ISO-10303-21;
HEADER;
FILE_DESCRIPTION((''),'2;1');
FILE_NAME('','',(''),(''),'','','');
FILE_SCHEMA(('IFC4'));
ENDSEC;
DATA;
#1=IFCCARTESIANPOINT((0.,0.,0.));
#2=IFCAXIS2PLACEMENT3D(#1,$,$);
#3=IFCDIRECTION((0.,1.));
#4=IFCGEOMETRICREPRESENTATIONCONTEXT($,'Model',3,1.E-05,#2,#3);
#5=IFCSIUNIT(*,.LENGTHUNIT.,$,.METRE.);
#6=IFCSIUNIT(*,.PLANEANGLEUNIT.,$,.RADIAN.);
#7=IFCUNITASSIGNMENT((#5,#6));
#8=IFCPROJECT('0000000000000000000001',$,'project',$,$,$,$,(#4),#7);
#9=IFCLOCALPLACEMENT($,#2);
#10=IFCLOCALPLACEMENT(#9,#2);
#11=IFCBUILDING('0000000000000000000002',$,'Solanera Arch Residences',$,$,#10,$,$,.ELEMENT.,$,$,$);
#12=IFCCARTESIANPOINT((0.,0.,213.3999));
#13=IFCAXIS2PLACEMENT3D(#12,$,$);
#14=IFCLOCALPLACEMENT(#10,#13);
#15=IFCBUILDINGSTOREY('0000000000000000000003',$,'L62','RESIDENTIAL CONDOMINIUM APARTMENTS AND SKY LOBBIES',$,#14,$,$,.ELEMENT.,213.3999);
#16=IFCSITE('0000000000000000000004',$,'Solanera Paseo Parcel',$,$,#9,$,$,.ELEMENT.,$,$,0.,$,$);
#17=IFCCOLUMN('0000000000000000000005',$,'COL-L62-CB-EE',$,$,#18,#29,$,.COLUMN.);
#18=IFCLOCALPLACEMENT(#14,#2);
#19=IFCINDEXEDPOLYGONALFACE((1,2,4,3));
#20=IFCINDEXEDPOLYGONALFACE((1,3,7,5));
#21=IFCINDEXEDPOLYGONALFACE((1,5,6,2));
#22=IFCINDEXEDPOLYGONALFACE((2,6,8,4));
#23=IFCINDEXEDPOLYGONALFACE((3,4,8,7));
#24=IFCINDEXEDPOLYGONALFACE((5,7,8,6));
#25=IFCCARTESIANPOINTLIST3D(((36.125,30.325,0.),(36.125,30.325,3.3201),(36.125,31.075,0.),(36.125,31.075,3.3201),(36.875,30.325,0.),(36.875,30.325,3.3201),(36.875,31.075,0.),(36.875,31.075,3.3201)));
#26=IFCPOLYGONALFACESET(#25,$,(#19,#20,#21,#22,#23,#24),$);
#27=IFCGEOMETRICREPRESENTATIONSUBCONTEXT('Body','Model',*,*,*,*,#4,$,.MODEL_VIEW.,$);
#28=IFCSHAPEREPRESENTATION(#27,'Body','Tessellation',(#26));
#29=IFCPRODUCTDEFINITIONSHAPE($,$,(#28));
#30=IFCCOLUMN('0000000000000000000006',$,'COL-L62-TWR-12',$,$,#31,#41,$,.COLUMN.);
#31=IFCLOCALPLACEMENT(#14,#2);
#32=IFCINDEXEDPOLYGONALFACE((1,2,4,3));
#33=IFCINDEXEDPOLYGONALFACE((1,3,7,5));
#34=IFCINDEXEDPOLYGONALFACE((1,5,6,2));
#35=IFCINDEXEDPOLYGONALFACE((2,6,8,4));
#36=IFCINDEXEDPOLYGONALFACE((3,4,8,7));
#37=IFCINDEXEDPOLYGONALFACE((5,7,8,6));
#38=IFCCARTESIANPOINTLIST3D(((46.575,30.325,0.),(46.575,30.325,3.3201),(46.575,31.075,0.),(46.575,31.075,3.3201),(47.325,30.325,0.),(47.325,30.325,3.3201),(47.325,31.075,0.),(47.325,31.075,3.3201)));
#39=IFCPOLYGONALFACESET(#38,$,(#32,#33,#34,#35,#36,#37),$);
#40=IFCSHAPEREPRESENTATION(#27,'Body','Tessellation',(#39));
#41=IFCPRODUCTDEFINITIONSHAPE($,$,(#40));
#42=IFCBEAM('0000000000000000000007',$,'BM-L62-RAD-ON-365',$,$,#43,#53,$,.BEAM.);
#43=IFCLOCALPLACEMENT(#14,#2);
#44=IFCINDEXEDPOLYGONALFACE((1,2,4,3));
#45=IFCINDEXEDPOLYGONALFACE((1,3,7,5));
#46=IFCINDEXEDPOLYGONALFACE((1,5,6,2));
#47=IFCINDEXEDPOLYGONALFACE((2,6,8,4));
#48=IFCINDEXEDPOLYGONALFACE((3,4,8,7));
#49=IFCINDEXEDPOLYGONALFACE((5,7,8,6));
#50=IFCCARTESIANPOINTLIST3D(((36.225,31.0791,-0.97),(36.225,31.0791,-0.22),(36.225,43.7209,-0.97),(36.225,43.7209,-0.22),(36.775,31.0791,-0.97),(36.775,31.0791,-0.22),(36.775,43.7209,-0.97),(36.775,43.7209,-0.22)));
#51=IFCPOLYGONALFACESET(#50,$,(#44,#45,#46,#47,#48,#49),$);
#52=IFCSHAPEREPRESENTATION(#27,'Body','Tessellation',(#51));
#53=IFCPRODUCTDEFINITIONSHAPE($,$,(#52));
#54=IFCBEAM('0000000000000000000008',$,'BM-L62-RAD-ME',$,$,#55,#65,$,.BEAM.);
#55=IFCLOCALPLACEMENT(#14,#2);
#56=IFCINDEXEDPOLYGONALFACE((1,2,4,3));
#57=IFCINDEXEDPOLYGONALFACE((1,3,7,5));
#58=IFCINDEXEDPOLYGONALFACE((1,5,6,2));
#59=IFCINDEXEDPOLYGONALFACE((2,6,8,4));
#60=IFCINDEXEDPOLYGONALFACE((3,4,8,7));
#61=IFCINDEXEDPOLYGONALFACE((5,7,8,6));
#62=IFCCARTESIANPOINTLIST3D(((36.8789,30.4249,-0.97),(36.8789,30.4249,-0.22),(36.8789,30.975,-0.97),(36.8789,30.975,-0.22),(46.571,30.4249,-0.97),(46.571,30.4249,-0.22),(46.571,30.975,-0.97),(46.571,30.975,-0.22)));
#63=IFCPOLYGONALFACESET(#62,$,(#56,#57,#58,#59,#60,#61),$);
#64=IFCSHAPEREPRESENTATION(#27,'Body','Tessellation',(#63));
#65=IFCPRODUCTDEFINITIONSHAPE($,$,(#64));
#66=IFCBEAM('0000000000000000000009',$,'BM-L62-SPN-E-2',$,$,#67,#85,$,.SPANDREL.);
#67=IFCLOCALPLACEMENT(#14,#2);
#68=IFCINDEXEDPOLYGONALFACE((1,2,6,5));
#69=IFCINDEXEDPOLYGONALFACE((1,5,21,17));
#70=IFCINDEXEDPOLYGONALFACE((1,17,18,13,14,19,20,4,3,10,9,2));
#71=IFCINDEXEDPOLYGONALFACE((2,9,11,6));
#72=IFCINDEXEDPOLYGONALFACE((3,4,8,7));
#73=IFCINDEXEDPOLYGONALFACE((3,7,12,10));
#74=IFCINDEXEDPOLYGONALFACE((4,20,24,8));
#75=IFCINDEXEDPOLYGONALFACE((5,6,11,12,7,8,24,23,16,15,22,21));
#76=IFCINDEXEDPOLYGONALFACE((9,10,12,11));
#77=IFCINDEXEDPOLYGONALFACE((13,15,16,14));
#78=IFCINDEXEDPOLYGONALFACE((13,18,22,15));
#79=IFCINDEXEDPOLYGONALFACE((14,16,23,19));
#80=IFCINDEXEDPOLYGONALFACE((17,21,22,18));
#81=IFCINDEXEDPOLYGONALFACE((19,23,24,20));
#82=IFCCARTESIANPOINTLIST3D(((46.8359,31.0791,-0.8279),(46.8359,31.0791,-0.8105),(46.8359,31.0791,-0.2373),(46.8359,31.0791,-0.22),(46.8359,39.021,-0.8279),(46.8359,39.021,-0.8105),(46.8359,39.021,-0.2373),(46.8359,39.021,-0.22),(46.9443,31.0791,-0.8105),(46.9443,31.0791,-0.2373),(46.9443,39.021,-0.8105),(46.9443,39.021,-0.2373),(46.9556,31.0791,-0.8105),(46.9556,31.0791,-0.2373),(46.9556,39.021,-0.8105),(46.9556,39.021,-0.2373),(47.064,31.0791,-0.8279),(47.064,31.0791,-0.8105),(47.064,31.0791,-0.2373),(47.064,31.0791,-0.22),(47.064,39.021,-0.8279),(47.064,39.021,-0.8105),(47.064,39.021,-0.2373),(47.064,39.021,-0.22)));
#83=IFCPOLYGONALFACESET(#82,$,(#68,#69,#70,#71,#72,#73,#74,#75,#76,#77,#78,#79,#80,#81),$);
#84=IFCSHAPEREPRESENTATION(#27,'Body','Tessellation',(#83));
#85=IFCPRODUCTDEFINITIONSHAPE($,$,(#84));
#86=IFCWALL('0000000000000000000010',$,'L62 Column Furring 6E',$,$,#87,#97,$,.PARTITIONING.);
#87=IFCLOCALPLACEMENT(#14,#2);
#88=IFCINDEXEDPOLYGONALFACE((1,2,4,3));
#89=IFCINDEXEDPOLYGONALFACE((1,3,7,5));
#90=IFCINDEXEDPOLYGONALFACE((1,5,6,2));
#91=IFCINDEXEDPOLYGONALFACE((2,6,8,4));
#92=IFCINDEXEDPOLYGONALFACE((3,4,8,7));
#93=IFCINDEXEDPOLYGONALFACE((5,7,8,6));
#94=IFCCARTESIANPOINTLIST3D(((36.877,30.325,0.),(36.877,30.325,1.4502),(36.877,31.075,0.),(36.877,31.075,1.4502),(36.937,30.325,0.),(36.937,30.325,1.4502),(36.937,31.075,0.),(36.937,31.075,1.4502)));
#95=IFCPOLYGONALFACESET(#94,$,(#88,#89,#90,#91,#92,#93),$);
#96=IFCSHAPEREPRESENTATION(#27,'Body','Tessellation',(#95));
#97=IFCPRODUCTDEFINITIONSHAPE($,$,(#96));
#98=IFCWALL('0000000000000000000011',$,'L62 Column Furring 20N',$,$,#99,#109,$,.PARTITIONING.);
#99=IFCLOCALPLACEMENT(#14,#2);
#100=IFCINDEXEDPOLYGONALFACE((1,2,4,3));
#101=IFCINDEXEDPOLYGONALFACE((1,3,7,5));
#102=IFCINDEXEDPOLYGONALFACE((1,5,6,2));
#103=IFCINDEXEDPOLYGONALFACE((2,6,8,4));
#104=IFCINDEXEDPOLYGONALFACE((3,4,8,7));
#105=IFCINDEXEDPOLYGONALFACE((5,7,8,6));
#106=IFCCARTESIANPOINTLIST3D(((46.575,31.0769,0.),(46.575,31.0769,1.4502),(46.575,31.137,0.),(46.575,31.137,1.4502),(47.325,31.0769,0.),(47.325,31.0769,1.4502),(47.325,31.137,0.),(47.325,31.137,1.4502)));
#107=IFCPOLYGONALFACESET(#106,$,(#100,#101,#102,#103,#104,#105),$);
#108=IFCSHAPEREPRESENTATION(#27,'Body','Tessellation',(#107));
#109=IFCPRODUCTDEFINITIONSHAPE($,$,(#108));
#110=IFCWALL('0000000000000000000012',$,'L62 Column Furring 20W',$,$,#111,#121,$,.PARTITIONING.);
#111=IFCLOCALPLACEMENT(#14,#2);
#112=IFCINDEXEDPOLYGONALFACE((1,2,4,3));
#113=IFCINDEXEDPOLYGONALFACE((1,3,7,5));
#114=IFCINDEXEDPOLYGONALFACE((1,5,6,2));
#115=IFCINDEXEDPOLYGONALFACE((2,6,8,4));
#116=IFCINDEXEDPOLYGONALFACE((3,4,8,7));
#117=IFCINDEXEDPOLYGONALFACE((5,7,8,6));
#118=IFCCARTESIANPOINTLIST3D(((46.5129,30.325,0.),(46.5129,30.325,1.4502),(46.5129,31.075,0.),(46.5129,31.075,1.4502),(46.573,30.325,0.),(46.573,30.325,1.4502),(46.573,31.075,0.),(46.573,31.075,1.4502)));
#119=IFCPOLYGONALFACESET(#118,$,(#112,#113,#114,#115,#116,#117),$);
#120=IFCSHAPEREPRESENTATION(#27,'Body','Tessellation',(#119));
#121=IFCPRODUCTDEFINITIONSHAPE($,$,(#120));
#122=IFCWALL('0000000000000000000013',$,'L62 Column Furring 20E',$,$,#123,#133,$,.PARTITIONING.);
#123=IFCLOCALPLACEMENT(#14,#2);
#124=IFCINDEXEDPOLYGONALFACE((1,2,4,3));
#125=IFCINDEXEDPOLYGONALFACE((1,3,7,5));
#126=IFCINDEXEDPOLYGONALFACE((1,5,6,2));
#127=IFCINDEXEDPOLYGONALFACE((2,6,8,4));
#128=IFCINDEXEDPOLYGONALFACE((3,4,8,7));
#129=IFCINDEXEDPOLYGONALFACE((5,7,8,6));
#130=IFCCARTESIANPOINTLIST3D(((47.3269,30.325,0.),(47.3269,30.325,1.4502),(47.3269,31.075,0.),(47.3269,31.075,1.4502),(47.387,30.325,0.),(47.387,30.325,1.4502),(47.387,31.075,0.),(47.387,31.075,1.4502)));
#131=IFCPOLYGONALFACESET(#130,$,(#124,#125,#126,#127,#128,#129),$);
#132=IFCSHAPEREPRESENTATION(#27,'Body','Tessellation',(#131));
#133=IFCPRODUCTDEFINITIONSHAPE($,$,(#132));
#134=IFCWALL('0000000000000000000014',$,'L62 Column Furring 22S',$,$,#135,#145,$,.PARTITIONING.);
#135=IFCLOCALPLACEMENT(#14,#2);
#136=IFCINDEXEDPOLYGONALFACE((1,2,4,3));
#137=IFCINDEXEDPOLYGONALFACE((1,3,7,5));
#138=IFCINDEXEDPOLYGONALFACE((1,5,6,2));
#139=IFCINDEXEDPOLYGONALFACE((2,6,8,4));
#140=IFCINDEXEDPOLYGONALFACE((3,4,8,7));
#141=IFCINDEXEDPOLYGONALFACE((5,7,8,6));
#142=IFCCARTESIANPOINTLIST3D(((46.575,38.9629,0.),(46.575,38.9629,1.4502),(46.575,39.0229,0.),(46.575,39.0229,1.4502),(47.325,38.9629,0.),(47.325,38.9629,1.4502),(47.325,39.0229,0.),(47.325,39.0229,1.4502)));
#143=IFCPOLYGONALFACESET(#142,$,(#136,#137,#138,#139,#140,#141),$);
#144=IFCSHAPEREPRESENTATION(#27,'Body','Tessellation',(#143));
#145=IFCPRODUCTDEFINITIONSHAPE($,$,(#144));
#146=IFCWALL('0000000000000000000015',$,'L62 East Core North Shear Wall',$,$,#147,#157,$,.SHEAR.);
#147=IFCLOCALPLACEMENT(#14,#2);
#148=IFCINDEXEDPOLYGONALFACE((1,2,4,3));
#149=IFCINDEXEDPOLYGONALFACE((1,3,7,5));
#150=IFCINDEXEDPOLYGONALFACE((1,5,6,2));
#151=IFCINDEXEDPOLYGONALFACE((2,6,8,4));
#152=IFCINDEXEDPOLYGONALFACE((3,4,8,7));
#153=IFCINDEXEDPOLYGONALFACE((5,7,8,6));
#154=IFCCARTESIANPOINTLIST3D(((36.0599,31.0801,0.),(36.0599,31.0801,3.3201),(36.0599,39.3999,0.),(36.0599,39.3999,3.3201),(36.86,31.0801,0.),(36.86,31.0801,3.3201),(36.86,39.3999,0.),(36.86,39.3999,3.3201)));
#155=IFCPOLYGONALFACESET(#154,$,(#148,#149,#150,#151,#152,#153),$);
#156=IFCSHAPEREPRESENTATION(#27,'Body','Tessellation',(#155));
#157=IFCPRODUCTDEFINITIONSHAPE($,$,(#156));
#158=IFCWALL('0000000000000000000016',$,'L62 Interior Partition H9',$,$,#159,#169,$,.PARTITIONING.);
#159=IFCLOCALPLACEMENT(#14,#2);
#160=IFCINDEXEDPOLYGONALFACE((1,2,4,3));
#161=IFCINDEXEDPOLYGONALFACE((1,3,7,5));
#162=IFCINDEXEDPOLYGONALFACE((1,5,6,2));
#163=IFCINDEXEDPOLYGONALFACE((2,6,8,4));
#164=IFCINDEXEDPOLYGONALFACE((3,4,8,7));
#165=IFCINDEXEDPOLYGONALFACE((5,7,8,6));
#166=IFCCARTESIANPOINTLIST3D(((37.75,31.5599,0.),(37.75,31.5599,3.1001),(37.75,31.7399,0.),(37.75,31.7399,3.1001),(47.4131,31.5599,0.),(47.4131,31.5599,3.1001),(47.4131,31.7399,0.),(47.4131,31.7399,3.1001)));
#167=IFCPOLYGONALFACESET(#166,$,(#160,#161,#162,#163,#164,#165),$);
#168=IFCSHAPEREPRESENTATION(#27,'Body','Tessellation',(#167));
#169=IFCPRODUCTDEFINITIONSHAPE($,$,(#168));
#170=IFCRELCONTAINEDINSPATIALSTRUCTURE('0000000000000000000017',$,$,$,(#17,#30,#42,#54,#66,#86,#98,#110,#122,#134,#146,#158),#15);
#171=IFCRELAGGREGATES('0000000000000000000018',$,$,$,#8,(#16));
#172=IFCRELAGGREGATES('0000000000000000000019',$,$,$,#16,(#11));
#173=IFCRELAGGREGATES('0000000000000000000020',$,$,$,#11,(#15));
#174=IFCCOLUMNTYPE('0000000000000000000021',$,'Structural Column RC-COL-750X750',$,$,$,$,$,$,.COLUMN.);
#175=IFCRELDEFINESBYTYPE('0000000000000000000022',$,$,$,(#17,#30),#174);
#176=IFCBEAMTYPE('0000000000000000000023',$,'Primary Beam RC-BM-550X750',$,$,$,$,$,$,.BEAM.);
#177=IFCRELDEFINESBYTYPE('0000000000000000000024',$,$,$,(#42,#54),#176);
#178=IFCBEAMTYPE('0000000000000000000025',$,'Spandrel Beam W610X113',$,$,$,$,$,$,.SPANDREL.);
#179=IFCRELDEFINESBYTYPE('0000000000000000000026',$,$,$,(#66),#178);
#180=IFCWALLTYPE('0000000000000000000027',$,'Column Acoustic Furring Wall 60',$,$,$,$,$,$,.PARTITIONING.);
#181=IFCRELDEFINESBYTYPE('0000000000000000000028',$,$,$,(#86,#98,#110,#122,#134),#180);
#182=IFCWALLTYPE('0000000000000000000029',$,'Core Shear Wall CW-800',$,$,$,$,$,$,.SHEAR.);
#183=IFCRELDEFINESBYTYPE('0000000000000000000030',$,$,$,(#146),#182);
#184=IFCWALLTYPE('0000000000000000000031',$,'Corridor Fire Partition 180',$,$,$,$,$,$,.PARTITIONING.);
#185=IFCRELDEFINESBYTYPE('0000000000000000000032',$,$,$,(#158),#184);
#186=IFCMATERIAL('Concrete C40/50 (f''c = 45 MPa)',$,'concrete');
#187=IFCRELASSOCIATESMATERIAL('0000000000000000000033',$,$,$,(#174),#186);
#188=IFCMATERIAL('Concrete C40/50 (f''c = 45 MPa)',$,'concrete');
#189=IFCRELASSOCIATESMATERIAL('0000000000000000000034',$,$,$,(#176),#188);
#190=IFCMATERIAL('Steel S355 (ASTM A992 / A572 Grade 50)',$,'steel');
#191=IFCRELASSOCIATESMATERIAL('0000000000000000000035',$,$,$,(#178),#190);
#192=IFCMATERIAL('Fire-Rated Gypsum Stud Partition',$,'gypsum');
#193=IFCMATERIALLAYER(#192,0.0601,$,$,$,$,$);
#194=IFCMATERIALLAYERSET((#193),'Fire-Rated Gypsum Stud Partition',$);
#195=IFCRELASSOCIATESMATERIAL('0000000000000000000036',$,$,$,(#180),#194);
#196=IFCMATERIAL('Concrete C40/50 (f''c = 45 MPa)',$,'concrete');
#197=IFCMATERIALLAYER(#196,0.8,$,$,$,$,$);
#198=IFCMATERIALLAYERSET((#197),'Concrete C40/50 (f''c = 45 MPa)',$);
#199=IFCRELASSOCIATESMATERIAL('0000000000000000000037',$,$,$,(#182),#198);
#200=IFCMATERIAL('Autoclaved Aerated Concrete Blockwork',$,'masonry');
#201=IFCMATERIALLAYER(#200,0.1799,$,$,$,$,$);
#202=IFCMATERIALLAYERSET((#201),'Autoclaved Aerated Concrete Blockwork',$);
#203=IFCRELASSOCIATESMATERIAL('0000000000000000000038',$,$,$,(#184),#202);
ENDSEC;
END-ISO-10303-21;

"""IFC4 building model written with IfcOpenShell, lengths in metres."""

from ifc_helpers import new_model, si_unit, direction, frame, frame_2d, origin, origin_2d, place, context, subcontext, project, spatial, rectangle, i_section, extrude, material, layer, layer_set, material_profile, profile_set, type_object, element, save


model = new_model("IFC4")

# Units and contexts
model_context = context("Model", 3, precision=1e-05, world=origin(), true_north=direction((0.0, 1.0)))
body_context = subcontext(model_context, "Body", "Model", "MODEL_VIEW")
ifc_project = project(units=[si_unit("LENGTHUNIT", "METRE"), si_unit("PLANEANGLEUNIT", "RADIAN")], contexts=[model_context])

# Site, building, storey
site_placement = place(None, origin())
site = spatial("IfcSite", under=ifc_project, at=site_placement, Name="Solanera Paseo Parcel", CompositionType="ELEMENT", RefElevation=0.0)
building_placement = place(site_placement, origin())
building = spatial("IfcBuilding", under=site, at=building_placement, Name="Solanera Arch Residences", CompositionType="ELEMENT")
storey_placement = place(building_placement, frame((0.0, 0.0, 213.3999)))
storey = spatial("IfcBuildingStorey", under=building, at=storey_placement, Name="L62", Description="RESIDENTIAL CONDOMINIUM APARTMENTS AND SKY LOBBIES", CompositionType="ELEMENT", Elevation=213.3999)

# Columns
ifc_material_1 = material(Name="Concrete C40/50 (f'c = 45 MPa)", Category="concrete")
ifc_material_profile_1 = material_profile(ifc_material_1, rectangle(XDim=0.75, YDim=0.75, at=origin_2d()))
ifc_profile_set_1 = profile_set([ifc_material_profile_1], Name="Concrete C40/50 (f'c = 45 MPa)")
column_type = type_object("IfcColumnType", Name="Structural Column RC-COL-750X750", PredefinedType="COLUMN", material=ifc_profile_set_1)
for number, where, z_axis, x_axis, name in (
    (1, (36.5, 30.7, 0.0), (0.0, 0.0, 1.0), (1.0, 0.0, 0.0), "COL-L62-CB-EE"),
    (2, (46.95, 30.7, 0.0), (0.0, 0.0, 1.0), (1.0, 0.0, 0.0), "COL-L62-TWR-12"),
):
    element("IfcColumn", number, at=place(storey_placement, frame(where, z_axis=z_axis, x_axis=x_axis)), inside=storey, type_object=column_type, Name=name, PredefinedType="COLUMN", context=body_context, shape_type="SweptSolid", body=[
        extrude(rectangle(XDim=0.75, YDim=0.75, at=origin_2d()), origin(), (0.0, 0.0, 1.0), 3.3201),
    ])

# Beams
ifc_material_2 = material(Name="Concrete C40/50 (f'c = 45 MPa)", Category="concrete")
ifc_material_profile_2 = material_profile(ifc_material_2, rectangle(XDim=0.55, YDim=0.75, at=origin_2d()))
ifc_profile_set_2 = profile_set([ifc_material_profile_2], Name="Concrete C40/50 (f'c = 45 MPa)")
beam_type_1 = type_object("IfcBeamType", Name="Primary Beam RC-BM-550X750", PredefinedType="BEAM", material=ifc_profile_set_2)
beam_1_placement = place(storey_placement, frame((36.5, 31.0791, -0.595), z_axis=(0.0, 1.0, 0.0), x_axis=(-1.0, 0.0, 0.0)))
element("IfcBeam", 3, at=beam_1_placement, inside=storey, type_object=beam_type_1, Name="BM-L62-RAD-ON-365", PredefinedType="BEAM", context=body_context, shape_type="SweptSolid", body=[
    extrude(rectangle(XDim=0.55, YDim=0.75, at=origin_2d()), origin(), (0.0, 0.0, 1.0), 12.6418),
])
beam_2_placement = place(storey_placement, frame((36.8789, 30.7, -0.595), z_axis=(1.0, 0.0, 0.0), x_axis=(0.0, 1.0, 0.0)))
element("IfcBeam", 4, at=beam_2_placement, inside=storey, type_object=beam_type_1, Name="BM-L62-RAD-ME", PredefinedType="BEAM", context=body_context, shape_type="SweptSolid", body=[
    extrude(rectangle(XDim=0.55, YDim=0.75, at=origin_2d()), origin(), (0.0, 0.0, 1.0), 9.6921),
])
ifc_material_3 = material(Name="Steel S355 (ASTM A992 / A572 Grade 50)", Category="steel")
ifc_material_profile_3 = material_profile(ifc_material_3, i_section(OverallWidth=0.228, OverallDepth=0.6079, WebThickness=0.0112, FlangeThickness=0.0173, at=origin_2d()))
ifc_profile_set_3 = profile_set([ifc_material_profile_3], Name="Steel S355 (ASTM A992 / A572 Grade 50)")
beam_type_2 = type_object("IfcBeamType", Name="Spandrel Beam W610X113", PredefinedType="SPANDREL", material=ifc_profile_set_3)
beam_3_placement = place(storey_placement, frame((46.95, 31.0791, -0.5239), z_axis=(0.0, 1.0, 0.0), x_axis=(-1.0, 0.0, 0.0)))
element("IfcBeam", 5, at=beam_3_placement, inside=storey, type_object=beam_type_2, Name="BM-L62-SPN-E-2", PredefinedType="SPANDREL", context=body_context, shape_type="SweptSolid", body=[
    extrude(i_section(OverallWidth=0.228, OverallDepth=0.6079, WebThickness=0.0112, FlangeThickness=0.0173, at=origin_2d()), origin(), (0.0, 0.0, 1.0), 7.9419),
])

# Walls
ifc_material_4 = material(Name="Fire-Rated Gypsum Stud Partition", Category="gypsum")
ifc_layer_1 = layer(ifc_material_4, 0.0601)
ifc_layer_set_1 = layer_set([ifc_layer_1], Name="Fire-Rated Gypsum Stud Partition")
wall_type_1 = type_object("IfcWallType", Name="Column Acoustic Furring Wall 60", PredefinedType="PARTITIONING", material=ifc_layer_set_1)
for number, where, z_axis, x_axis, name in (
    (6, (36.907, 30.325, 0.0), (0.0, 0.0, 1.0), (0.0, 1.0, 0.0), "L62 Column Furring 6E"),
    (7, (46.575, 31.1069, 0.0), (0.0, 0.0, 1.0), (1.0, 0.0, 0.0), "L62 Column Furring 20N"),
    (8, (46.543, 30.325, 0.0), (0.0, 0.0, 1.0), (0.0, 1.0, 0.0), "L62 Column Furring 20W"),
    (9, (47.3569, 30.325, 0.0), (0.0, 0.0, 1.0), (0.0, 1.0, 0.0), "L62 Column Furring 20E"),
    (10, (46.575, 38.9929, 0.0), (0.0, 0.0, 1.0), (1.0, 0.0, 0.0), "L62 Column Furring 22S"),
):
    element("IfcWall", number, at=place(storey_placement, frame(where, z_axis=z_axis, x_axis=x_axis)), inside=storey, type_object=wall_type_1, Name=name, PredefinedType="PARTITIONING", context=body_context, shape_type="SweptSolid", body=[
        extrude(rectangle(XDim=0.75, YDim=0.0601, at=frame_2d((0.375, 0.0))), origin(), (0.0, 0.0, 1.0), 1.4502),
    ])
ifc_material_5 = material(Name="Concrete C40/50 (f'c = 45 MPa)", Category="concrete")
ifc_layer_2 = layer(ifc_material_5, 0.8)
ifc_layer_set_2 = layer_set([ifc_layer_2], Name="Concrete C40/50 (f'c = 45 MPa)")
wall_type_2 = type_object("IfcWallType", Name="Core Shear Wall CW-800", PredefinedType="SHEAR", material=ifc_layer_set_2)
wall_1_placement = place(storey_placement, frame((36.46, 31.0801, 0.0), z_axis=(0.0, 0.0, 1.0), x_axis=(0.0, 1.0, 0.0)))
element("IfcWall", 11, at=wall_1_placement, inside=storey, type_object=wall_type_2, Name="L62 East Core North Shear Wall", PredefinedType="SHEAR", context=body_context, shape_type="SweptSolid", body=[
    extrude(rectangle(XDim=8.3198, YDim=0.8, at=frame_2d((4.1599, 0.0))), origin(), (0.0, 0.0, 1.0), 3.3201),
])
ifc_material_6 = material(Name="Autoclaved Aerated Concrete Blockwork", Category="masonry")
ifc_layer_3 = layer(ifc_material_6, 0.1799)
ifc_layer_set_3 = layer_set([ifc_layer_3], Name="Autoclaved Aerated Concrete Blockwork")
wall_type_3 = type_object("IfcWallType", Name="Corridor Fire Partition 180", PredefinedType="PARTITIONING", material=ifc_layer_set_3)
wall_2_placement = place(storey_placement, frame((37.75, 31.6499, 0.0), z_axis=(0.0, 0.0, 1.0), x_axis=(1.0, 0.0, 0.0)))
element("IfcWall", 12, at=wall_2_placement, inside=storey, type_object=wall_type_3, Name="L62 Interior Partition H9", PredefinedType="PARTITIONING", context=body_context, shape_type="SweptSolid", body=[
    extrude(rectangle(XDim=9.6631, YDim=0.1799, at=frame_2d((4.8315, 0.0))), origin(), (0.0, 0.0, 1.0), 3.1001),
])

save(model, "model.ifc")
